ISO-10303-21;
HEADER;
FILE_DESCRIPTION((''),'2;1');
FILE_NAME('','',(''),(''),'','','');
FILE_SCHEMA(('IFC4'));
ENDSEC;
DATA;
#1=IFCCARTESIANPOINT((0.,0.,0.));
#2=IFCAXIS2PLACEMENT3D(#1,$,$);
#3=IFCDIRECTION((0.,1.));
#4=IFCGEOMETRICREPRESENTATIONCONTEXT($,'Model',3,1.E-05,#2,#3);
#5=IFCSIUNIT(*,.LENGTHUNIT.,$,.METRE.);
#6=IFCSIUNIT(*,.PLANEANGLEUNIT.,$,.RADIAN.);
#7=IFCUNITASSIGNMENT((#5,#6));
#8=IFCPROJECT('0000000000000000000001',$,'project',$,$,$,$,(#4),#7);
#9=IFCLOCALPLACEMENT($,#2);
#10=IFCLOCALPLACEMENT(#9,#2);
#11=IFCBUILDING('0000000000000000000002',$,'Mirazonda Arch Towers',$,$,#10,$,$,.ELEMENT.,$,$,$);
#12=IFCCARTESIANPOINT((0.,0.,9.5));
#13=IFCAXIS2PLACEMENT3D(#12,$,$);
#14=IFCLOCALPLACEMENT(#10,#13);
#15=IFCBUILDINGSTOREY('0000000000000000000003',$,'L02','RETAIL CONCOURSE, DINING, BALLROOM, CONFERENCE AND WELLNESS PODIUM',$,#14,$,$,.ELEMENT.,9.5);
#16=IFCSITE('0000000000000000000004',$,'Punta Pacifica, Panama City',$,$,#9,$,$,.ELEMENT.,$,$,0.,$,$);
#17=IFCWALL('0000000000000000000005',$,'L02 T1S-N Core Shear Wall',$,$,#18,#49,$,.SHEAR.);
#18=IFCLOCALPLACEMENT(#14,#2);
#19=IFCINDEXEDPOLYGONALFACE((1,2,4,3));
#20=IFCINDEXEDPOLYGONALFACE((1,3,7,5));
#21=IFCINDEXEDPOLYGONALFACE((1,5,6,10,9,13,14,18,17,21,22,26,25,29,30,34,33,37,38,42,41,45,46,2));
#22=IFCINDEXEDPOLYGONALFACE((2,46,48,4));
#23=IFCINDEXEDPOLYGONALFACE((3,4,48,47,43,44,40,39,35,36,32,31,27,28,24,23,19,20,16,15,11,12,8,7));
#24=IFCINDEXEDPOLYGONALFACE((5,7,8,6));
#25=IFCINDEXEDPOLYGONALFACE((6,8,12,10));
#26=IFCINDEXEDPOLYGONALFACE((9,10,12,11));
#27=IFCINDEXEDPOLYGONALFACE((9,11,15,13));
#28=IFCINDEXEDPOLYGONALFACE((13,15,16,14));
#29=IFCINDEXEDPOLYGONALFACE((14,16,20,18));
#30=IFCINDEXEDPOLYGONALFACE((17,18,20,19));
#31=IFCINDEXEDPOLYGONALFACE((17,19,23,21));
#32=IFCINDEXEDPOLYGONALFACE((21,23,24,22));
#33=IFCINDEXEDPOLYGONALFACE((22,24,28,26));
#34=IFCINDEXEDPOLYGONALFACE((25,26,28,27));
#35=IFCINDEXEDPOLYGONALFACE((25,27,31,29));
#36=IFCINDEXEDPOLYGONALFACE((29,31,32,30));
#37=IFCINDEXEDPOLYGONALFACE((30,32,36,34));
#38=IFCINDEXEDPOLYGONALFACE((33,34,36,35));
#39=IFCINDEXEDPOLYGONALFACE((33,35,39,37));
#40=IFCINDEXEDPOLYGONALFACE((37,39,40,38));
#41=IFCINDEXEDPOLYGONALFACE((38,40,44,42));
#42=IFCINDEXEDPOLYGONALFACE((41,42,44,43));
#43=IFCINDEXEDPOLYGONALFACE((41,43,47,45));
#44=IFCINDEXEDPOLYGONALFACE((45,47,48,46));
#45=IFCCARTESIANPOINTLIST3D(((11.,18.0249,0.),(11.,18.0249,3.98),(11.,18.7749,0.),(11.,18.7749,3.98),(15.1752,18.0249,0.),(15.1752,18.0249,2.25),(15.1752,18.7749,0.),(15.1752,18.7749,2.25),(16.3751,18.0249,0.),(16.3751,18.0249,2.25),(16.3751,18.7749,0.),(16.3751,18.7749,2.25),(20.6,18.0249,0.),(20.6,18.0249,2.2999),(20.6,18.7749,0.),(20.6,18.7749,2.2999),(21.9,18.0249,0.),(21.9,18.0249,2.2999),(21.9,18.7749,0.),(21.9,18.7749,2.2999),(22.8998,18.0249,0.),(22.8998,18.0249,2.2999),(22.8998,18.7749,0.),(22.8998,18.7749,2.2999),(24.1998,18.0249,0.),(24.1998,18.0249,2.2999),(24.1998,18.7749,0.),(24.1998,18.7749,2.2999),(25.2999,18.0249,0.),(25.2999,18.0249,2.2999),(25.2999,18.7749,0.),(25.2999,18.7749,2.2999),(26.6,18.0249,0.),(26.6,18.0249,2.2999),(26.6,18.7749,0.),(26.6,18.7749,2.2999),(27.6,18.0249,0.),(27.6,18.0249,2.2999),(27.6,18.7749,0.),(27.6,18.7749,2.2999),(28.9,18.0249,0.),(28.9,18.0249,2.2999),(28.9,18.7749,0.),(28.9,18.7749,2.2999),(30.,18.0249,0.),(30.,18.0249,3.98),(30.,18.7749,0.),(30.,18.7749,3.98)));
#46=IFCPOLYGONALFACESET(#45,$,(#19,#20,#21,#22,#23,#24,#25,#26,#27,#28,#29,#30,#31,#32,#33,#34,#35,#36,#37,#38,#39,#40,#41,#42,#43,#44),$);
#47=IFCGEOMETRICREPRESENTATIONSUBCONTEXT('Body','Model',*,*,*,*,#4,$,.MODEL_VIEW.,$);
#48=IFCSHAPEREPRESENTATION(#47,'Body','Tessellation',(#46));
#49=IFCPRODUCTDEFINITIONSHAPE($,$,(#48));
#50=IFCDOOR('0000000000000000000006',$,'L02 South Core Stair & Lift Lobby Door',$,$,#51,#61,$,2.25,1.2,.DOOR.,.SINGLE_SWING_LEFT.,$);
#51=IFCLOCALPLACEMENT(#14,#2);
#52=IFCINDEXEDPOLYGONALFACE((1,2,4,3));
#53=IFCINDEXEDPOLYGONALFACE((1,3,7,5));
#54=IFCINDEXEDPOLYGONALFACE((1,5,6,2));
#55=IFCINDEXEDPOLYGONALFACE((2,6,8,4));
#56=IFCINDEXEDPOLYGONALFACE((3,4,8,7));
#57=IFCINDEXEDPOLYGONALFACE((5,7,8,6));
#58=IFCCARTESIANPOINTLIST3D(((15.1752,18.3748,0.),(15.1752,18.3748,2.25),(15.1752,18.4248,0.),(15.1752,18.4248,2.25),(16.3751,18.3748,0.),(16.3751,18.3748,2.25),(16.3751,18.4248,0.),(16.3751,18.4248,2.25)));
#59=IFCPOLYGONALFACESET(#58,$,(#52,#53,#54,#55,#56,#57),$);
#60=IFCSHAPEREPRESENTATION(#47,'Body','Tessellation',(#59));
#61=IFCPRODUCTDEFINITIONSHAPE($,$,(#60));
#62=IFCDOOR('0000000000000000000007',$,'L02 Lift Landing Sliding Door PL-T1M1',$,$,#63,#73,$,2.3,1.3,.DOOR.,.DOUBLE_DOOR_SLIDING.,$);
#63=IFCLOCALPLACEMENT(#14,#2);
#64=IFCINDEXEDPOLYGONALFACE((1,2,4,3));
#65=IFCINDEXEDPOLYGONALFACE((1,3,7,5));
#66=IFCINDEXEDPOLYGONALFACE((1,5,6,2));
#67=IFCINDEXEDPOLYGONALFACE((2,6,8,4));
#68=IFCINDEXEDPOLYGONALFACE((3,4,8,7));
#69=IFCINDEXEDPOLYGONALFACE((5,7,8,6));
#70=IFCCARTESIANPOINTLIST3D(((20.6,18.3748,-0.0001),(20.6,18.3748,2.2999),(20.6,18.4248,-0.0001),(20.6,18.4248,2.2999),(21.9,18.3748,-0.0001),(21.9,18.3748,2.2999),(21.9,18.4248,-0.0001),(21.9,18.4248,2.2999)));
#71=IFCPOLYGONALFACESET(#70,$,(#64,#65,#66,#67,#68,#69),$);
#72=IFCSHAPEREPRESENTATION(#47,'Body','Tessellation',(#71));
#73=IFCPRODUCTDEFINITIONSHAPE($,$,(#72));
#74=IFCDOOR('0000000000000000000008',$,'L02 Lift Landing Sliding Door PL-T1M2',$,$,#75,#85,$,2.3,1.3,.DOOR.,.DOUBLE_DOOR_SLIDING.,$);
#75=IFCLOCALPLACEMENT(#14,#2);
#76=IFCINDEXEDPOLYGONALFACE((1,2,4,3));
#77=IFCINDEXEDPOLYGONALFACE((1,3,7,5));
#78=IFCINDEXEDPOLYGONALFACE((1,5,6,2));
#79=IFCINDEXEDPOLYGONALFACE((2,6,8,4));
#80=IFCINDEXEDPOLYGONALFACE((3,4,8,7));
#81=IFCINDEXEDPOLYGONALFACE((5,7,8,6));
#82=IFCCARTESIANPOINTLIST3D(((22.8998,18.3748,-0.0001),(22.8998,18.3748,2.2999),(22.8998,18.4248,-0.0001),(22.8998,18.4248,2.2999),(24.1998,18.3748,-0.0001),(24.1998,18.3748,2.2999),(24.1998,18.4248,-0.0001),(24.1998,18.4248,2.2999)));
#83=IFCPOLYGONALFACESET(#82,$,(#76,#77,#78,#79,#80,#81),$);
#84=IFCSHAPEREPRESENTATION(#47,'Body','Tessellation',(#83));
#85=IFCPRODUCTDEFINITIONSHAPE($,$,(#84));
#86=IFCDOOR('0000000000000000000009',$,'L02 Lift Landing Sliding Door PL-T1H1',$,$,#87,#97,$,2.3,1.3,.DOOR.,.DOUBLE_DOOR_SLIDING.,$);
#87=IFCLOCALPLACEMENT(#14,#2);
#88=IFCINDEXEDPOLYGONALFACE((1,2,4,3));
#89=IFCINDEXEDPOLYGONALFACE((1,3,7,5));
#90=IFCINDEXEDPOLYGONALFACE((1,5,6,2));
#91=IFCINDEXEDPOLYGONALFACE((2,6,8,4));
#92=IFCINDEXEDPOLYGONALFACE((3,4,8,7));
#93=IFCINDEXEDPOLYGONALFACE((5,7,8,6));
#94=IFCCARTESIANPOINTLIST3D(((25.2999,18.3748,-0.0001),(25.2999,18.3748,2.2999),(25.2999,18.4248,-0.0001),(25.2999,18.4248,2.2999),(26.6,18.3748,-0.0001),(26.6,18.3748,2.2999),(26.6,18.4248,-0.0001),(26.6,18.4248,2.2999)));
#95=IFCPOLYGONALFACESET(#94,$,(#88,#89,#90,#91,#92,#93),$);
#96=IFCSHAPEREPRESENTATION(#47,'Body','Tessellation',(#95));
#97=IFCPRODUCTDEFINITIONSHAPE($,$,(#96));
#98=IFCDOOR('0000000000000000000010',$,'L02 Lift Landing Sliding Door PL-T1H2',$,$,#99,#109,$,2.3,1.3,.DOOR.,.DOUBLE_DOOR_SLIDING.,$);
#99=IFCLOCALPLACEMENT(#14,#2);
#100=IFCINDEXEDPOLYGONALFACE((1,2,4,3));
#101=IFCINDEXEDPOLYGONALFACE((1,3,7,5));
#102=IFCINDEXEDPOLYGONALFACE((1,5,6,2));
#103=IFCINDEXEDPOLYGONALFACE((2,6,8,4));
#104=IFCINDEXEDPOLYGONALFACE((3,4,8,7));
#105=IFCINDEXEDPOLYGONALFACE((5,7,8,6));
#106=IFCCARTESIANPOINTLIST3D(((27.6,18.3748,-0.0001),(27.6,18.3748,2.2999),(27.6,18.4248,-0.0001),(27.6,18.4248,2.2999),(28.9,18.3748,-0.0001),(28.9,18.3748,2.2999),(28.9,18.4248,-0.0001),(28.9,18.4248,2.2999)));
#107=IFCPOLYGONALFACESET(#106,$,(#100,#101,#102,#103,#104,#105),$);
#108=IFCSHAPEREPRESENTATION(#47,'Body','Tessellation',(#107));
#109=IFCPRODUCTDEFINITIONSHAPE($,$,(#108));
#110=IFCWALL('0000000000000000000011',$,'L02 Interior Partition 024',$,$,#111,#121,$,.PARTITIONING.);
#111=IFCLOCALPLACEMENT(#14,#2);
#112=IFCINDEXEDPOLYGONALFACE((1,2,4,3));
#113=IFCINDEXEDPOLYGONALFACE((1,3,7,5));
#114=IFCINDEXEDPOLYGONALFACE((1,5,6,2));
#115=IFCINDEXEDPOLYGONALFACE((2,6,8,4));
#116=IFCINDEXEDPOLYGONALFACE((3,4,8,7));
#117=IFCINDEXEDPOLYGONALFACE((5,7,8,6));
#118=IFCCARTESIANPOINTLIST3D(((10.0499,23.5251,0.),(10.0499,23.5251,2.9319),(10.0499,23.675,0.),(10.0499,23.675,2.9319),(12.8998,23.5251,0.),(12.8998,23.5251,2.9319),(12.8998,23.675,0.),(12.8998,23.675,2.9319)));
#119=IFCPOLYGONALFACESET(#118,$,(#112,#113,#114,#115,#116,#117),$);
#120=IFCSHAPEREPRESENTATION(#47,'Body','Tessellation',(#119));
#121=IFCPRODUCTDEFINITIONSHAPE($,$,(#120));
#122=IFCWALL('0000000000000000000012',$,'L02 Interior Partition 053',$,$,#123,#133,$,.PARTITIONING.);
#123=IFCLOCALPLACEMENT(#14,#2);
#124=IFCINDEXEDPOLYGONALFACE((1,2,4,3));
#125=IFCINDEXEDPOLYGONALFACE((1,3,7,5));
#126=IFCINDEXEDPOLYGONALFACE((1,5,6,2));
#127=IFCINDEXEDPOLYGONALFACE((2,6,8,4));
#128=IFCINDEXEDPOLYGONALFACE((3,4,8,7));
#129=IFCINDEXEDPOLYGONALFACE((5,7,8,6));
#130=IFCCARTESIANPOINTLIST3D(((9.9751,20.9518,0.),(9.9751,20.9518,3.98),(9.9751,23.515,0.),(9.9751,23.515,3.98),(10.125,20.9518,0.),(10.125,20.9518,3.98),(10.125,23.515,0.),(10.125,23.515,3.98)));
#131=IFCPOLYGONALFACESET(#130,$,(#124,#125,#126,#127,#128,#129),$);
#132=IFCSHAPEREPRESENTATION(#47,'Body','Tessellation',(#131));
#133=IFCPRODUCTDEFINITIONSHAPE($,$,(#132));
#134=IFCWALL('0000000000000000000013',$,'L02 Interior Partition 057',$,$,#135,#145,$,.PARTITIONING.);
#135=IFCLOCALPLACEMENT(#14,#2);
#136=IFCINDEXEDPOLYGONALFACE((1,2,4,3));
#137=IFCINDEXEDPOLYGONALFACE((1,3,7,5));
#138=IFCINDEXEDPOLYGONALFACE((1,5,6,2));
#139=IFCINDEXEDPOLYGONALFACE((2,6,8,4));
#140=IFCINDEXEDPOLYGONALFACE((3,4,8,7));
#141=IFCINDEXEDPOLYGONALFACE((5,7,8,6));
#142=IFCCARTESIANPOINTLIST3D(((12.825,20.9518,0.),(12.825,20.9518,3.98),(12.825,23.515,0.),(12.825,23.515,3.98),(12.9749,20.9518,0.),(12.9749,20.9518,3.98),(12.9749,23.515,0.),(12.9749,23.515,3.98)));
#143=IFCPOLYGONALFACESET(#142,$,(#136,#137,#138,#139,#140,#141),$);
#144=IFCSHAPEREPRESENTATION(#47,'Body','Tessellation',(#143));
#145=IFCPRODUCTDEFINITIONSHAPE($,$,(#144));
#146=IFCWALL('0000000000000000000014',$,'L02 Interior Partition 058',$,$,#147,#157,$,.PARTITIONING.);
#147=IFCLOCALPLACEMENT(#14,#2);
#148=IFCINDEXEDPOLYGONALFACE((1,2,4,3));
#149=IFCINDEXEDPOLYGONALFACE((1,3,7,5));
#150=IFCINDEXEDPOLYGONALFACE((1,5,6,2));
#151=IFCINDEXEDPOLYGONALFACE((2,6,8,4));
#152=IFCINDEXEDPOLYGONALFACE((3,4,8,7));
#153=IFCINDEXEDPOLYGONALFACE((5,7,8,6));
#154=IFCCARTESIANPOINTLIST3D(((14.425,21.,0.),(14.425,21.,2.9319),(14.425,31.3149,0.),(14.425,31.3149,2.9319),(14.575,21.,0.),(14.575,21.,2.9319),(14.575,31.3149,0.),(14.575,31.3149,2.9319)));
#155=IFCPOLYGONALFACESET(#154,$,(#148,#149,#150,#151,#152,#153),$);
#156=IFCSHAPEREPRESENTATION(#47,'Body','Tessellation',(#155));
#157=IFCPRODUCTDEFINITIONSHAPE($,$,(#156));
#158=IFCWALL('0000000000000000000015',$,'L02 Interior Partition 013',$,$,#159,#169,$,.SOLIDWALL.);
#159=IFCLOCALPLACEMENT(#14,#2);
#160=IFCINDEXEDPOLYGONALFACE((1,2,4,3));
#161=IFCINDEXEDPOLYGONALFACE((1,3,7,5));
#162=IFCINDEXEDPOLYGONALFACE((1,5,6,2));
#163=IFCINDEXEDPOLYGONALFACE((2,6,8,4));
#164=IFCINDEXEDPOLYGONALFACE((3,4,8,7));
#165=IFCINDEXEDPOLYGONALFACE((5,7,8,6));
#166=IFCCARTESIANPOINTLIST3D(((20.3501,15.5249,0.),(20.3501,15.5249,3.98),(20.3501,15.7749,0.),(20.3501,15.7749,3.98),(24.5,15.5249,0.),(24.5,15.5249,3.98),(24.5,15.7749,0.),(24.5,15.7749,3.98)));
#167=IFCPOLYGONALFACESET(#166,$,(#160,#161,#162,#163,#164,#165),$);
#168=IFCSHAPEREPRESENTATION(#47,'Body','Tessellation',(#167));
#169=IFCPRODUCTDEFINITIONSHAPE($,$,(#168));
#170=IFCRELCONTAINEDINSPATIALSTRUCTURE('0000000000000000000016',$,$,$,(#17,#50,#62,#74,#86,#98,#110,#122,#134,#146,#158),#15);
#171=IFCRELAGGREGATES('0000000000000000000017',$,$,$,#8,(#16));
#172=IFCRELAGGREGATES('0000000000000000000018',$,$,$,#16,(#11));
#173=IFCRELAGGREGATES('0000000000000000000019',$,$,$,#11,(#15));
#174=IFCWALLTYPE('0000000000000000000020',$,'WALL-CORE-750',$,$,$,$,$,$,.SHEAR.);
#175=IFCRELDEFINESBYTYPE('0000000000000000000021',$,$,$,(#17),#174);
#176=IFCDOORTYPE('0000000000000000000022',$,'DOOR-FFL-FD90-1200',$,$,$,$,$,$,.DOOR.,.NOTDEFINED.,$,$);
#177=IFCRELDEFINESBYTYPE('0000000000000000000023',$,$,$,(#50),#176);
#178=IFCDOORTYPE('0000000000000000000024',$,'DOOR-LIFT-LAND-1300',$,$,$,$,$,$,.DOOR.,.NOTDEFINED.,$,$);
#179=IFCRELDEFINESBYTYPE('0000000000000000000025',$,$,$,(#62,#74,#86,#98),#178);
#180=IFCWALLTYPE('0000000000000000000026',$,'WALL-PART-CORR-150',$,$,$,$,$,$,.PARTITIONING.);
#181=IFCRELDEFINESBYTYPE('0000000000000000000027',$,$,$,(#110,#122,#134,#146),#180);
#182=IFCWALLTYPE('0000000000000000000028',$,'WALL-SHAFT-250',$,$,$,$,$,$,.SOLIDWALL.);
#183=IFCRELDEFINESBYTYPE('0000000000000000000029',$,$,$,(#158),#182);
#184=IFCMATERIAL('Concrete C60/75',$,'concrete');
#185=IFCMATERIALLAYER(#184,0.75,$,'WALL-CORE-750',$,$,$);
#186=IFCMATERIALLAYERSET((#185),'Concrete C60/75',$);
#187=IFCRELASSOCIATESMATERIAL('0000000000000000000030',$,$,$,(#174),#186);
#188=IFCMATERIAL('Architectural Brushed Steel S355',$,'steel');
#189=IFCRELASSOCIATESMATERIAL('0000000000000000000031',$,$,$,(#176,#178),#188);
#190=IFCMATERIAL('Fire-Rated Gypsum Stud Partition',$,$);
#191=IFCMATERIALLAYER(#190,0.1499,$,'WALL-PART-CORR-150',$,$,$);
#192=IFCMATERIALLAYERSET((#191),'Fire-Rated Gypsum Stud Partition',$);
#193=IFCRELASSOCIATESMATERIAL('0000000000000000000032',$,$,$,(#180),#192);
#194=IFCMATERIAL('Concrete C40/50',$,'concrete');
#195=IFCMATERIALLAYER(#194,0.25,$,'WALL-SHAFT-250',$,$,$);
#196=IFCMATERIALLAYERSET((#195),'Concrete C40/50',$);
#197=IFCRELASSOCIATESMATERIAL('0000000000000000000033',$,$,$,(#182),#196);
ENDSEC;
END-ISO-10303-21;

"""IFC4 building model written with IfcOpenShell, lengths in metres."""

from ifc_helpers import new_model, si_unit, direction, frame, frame_2d, origin, place, context, subcontext, project, spatial, rectangle, extrude, material, layer, layer_set, type_object, element, fill, save


model = new_model("IFC4")

# Units and contexts
model_context = context("Model", 3, precision=1e-05, world=origin(), true_north=direction((0.0, 1.0)))
body_context = subcontext(model_context, "Body", "Model", "MODEL_VIEW")
ifc_project = project(units=[si_unit("LENGTHUNIT", "METRE"), si_unit("PLANEANGLEUNIT", "RADIAN")], contexts=[model_context])

# Site, building, storey
site_placement = place(None, origin())
site = spatial("IfcSite", under=ifc_project, at=site_placement, Name="Punta Pacifica, Panama City", CompositionType="ELEMENT", RefElevation=0.0)
building_placement = place(site_placement, origin())
building = spatial("IfcBuilding", under=site, at=building_placement, Name="Mirazonda Arch Towers", CompositionType="ELEMENT")
storey_placement = place(building_placement, frame((0.0, 0.0, 9.5)))
storey = spatial("IfcBuildingStorey", under=building, at=storey_placement, Name="L02", Description="RETAIL CONCOURSE, DINING, BALLROOM, CONFERENCE AND WELLNESS PODIUM", CompositionType="ELEMENT", Elevation=9.5)

# Shared definitions
ifc_material_1 = material(Name="Concrete C60/75", Category="concrete")

# Shared definitions
ifc_material_2 = material(Name="Architectural Brushed Steel S355", Category="steel")

# Wall, openings, doors
ifc_layer_1 = layer(ifc_material_1, 0.75, Name="WALL-CORE-750")
ifc_layer_set_1 = layer_set([ifc_layer_1], Name="Concrete C60/75")
wall_type_1 = type_object("IfcWallType", Name="WALL-CORE-750", PredefinedType="SHEAR", material=ifc_layer_set_1)
wall_1_placement = place(storey_placement, frame((11.0, 18.3999, 0.0), z_axis=(0.0, 0.0, 1.0), x_axis=(1.0, 0.0, 0.0)))
wall_1 = element("IfcWall", 1, at=wall_1_placement, inside=storey, type_object=wall_type_1, Name="L02 T1S-N Core Shear Wall", PredefinedType="SHEAR", context=body_context, shape_type="SweptSolid", body=[
    extrude(rectangle(XDim=19.0, YDim=0.75, at=frame_2d((9.5, 0.0))), origin(), (0.0, 0.0, 1.0), 3.98),
])
opening_1_placement = place(wall_1_placement, frame((4.175, 0.0, 0.0)))
opening_1 = element("IfcOpeningElement", 2, at=opening_1_placement, cuts=wall_1, PredefinedType="OPENING", context=body_context, shape_type="SweptSolid", body=[
    extrude(rectangle(XDim=1.2, YDim=2.25, at=frame_2d((0.6001, 1.125))), frame((0.0, 0.385, 0.0), z_axis=(0.0, -1.0, 0.0), x_axis=(1.0, 0.0, 0.0)), (0.0, 0.0, 1.0), 0.77),
])
opening_2_placement = place(wall_1_placement, frame((9.6001, 0.0, 0.0)))
opening_2 = element("IfcOpeningElement", 3, at=opening_2_placement, cuts=wall_1, PredefinedType="OPENING", context=body_context, shape_type="SweptSolid", body=[
    extrude(rectangle(XDim=1.3, YDim=2.3, at=frame_2d((0.6499, 1.1499))), frame((0.0, 0.385, 0.0), z_axis=(0.0, -1.0, 0.0), x_axis=(1.0, 0.0, 0.0)), (0.0, 0.0, 1.0), 0.77),
])
opening_3_placement = place(wall_1_placement, frame((11.8999, 0.0, 0.0)))
opening_3 = element("IfcOpeningElement", 4, at=opening_3_placement, cuts=wall_1, PredefinedType="OPENING", context=body_context, shape_type="SweptSolid", body=[
    extrude(rectangle(XDim=1.3, YDim=2.3, at=frame_2d((0.6499, 1.1499))), frame((0.0, 0.385, 0.0), z_axis=(0.0, -1.0, 0.0), x_axis=(1.0, 0.0, 0.0)), (0.0, 0.0, 1.0), 0.77),
])
opening_4_placement = place(wall_1_placement, frame((14.3, 0.0, 0.0)))
opening_4 = element("IfcOpeningElement", 5, at=opening_4_placement, cuts=wall_1, PredefinedType="OPENING", context=body_context, shape_type="SweptSolid", body=[
    extrude(rectangle(XDim=1.3, YDim=2.3, at=frame_2d((0.6499, 1.1499))), frame((0.0, 0.385, 0.0), z_axis=(0.0, -1.0, 0.0), x_axis=(1.0, 0.0, 0.0)), (0.0, 0.0, 1.0), 0.77),
])
opening_5_placement = place(wall_1_placement, frame((16.6001, 0.0, 0.0)))
opening_5 = element("IfcOpeningElement", 6, at=opening_5_placement, cuts=wall_1, PredefinedType="OPENING", context=body_context, shape_type="SweptSolid", body=[
    extrude(rectangle(XDim=1.3, YDim=2.3, at=frame_2d((0.6499, 1.1499))), frame((0.0, 0.385, 0.0), z_axis=(0.0, -1.0, 0.0), x_axis=(1.0, 0.0, 0.0)), (0.0, 0.0, 1.0), 0.77),
])
door_type_1 = type_object("IfcDoorType", Name="DOOR-FFL-FD90-1200", OperationType="NOTDEFINED", PredefinedType="DOOR", material=ifc_material_2)
door_1_placement = place(opening_1_placement, origin())
door_1 = element("IfcDoor", 7, at=door_1_placement, inside=storey, type_object=door_type_1, Name="L02 South Core Stair & Lift Lobby Door", OperationType="SINGLE_SWING_LEFT", OverallHeight=2.25, OverallWidth=1.2, PredefinedType="DOOR", context=body_context, shape_type="SweptSolid", body=[
    extrude(rectangle(XDim=1.2, YDim=2.25, at=frame_2d((0.6001, 1.125))), frame((0.0, 0.0249, 0.0), z_axis=(0.0, -1.0, 0.0), x_axis=(1.0, 0.0, 0.0)), (0.0, 0.0, 1.0), 0.05),
])
fill(opening_1, door_1)
door_type_2 = type_object("IfcDoorType", Name="DOOR-LIFT-LAND-1300", OperationType="NOTDEFINED", PredefinedType="DOOR", material=ifc_material_2)
door_2_placement = place(opening_2_placement, origin())
door_2 = element("IfcDoor", 8, at=door_2_placement, inside=storey, type_object=door_type_2, Name="L02 Lift Landing Sliding Door PL-T1M1", OperationType="DOUBLE_DOOR_SLIDING", OverallHeight=2.3, OverallWidth=1.3, PredefinedType="DOOR", context=body_context, shape_type="SweptSolid", body=[
    extrude(rectangle(XDim=1.3, YDim=2.3, at=frame_2d((0.6499, 1.1499))), frame((0.0, 0.0249, 0.0), z_axis=(0.0, -1.0, 0.0), x_axis=(1.0, 0.0, 0.0)), (0.0, 0.0, 1.0), 0.05),
])
fill(opening_2, door_2)
door_3_placement = place(opening_3_placement, origin())
door_3 = element("IfcDoor", 9, at=door_3_placement, inside=storey, type_object=door_type_2, Name="L02 Lift Landing Sliding Door PL-T1M2", OperationType="DOUBLE_DOOR_SLIDING", OverallHeight=2.3, OverallWidth=1.3, PredefinedType="DOOR", context=body_context, shape_type="SweptSolid", body=[
    extrude(rectangle(XDim=1.3, YDim=2.3, at=frame_2d((0.6499, 1.1499))), frame((0.0, 0.0249, 0.0), z_axis=(0.0, -1.0, 0.0), x_axis=(1.0, 0.0, 0.0)), (0.0, 0.0, 1.0), 0.05),
])
fill(opening_3, door_3)
door_4_placement = place(opening_4_placement, origin())
door_4 = element("IfcDoor", 10, at=door_4_placement, inside=storey, type_object=door_type_2, Name="L02 Lift Landing Sliding Door PL-T1H1", OperationType="DOUBLE_DOOR_SLIDING", OverallHeight=2.3, OverallWidth=1.3, PredefinedType="DOOR", context=body_context, shape_type="SweptSolid", body=[
    extrude(rectangle(XDim=1.3, YDim=2.3, at=frame_2d((0.6499, 1.1499))), frame((0.0, 0.0249, 0.0), z_axis=(0.0, -1.0, 0.0), x_axis=(1.0, 0.0, 0.0)), (0.0, 0.0, 1.0), 0.05),
])
fill(opening_4, door_4)
door_5_placement = place(opening_5_placement, origin())
door_5 = element("IfcDoor", 11, at=door_5_placement, inside=storey, type_object=door_type_2, Name="L02 Lift Landing Sliding Door PL-T1H2", OperationType="DOUBLE_DOOR_SLIDING", OverallHeight=2.3, OverallWidth=1.3, PredefinedType="DOOR", context=body_context, shape_type="SweptSolid", body=[
    extrude(rectangle(XDim=1.3, YDim=2.3, at=frame_2d((0.6499, 1.1499))), frame((0.0, 0.0249, 0.0), z_axis=(0.0, -1.0, 0.0), x_axis=(1.0, 0.0, 0.0)), (0.0, 0.0, 1.0), 0.05),
])
fill(opening_5, door_5)

# Walls
ifc_material_3 = material(Name="Fire-Rated Gypsum Stud Partition")
ifc_layer_2 = layer(ifc_material_3, 0.1499, Name="WALL-PART-CORR-150")
ifc_layer_set_2 = layer_set([ifc_layer_2], Name="Fire-Rated Gypsum Stud Partition")
wall_type_2 = type_object("IfcWallType", Name="WALL-PART-CORR-150", PredefinedType="PARTITIONING", material=ifc_layer_set_2)
wall_2_placement = place(storey_placement, frame((10.05, 23.6001, 0.0), z_axis=(0.0, 0.0, 1.0), x_axis=(1.0, 0.0, 0.0)))
element("IfcWall", 12, at=wall_2_placement, inside=storey, type_object=wall_type_2, Name="L02 Interior Partition 024", PredefinedType="PARTITIONING", context=body_context, shape_type="SweptSolid", body=[
    extrude(rectangle(XDim=2.8499, YDim=0.1499, at=frame_2d((1.4248, 0.0))), origin(), (0.0, 0.0, 1.0), 2.9319),
])
for number, where, z_axis, x_axis, name in (
    (13, (10.05, 20.9517, 0.0), (0.0, 0.0, 1.0), (0.0, 1.0, 0.0), "L02 Interior Partition 053"),
    (14, (12.8999, 20.9517, 0.0), (0.0, 0.0, 1.0), (0.0, 1.0, 0.0), "L02 Interior Partition 057"),
):
    element("IfcWall", number, at=place(storey_placement, frame(where, z_axis=z_axis, x_axis=x_axis)), inside=storey, type_object=wall_type_2, Name=name, PredefinedType="PARTITIONING", context=body_context, shape_type="SweptSolid", body=[
        extrude(rectangle(XDim=2.5632, YDim=0.1499, at=frame_2d((1.2817, 0.0))), origin(), (0.0, 0.0, 1.0), 3.98),
    ])
wall_3_placement = place(storey_placement, frame((14.5, 21.0, 0.0), z_axis=(0.0, 0.0, 1.0), x_axis=(0.0, 1.0, 0.0)))
element("IfcWall", 15, at=wall_3_placement, inside=storey, type_object=wall_type_2, Name="L02 Interior Partition 058", PredefinedType="PARTITIONING", context=body_context, shape_type="SweptSolid", body=[
    extrude(rectangle(XDim=10.3149, YDim=0.1499, at=frame_2d((5.1575, 0.0))), origin(), (0.0, 0.0, 1.0), 2.9319),
])
ifc_material_4 = material(Name="Concrete C40/50", Category="concrete")
ifc_layer_3 = layer(ifc_material_4, 0.25, Name="WALL-SHAFT-250")
ifc_layer_set_3 = layer_set([ifc_layer_3], Name="Concrete C40/50")
wall_type_3 = type_object("IfcWallType", Name="WALL-SHAFT-250", PredefinedType="SOLIDWALL", material=ifc_layer_set_3)
wall_4_placement = place(storey_placement, frame((20.3501, 15.6499, 0.0), z_axis=(0.0, 0.0, 1.0), x_axis=(1.0, 0.0, 0.0)))
element("IfcWall", 16, at=wall_4_placement, inside=storey, type_object=wall_type_3, Name="L02 Interior Partition 013", PredefinedType="SOLIDWALL", context=body_context, shape_type="SweptSolid", body=[
    extrude(rectangle(XDim=4.1499, YDim=0.25, at=frame_2d((2.075, 0.0))), origin(), (0.0, 0.0, 1.0), 3.98),
])

save(model, "model.ifc")
